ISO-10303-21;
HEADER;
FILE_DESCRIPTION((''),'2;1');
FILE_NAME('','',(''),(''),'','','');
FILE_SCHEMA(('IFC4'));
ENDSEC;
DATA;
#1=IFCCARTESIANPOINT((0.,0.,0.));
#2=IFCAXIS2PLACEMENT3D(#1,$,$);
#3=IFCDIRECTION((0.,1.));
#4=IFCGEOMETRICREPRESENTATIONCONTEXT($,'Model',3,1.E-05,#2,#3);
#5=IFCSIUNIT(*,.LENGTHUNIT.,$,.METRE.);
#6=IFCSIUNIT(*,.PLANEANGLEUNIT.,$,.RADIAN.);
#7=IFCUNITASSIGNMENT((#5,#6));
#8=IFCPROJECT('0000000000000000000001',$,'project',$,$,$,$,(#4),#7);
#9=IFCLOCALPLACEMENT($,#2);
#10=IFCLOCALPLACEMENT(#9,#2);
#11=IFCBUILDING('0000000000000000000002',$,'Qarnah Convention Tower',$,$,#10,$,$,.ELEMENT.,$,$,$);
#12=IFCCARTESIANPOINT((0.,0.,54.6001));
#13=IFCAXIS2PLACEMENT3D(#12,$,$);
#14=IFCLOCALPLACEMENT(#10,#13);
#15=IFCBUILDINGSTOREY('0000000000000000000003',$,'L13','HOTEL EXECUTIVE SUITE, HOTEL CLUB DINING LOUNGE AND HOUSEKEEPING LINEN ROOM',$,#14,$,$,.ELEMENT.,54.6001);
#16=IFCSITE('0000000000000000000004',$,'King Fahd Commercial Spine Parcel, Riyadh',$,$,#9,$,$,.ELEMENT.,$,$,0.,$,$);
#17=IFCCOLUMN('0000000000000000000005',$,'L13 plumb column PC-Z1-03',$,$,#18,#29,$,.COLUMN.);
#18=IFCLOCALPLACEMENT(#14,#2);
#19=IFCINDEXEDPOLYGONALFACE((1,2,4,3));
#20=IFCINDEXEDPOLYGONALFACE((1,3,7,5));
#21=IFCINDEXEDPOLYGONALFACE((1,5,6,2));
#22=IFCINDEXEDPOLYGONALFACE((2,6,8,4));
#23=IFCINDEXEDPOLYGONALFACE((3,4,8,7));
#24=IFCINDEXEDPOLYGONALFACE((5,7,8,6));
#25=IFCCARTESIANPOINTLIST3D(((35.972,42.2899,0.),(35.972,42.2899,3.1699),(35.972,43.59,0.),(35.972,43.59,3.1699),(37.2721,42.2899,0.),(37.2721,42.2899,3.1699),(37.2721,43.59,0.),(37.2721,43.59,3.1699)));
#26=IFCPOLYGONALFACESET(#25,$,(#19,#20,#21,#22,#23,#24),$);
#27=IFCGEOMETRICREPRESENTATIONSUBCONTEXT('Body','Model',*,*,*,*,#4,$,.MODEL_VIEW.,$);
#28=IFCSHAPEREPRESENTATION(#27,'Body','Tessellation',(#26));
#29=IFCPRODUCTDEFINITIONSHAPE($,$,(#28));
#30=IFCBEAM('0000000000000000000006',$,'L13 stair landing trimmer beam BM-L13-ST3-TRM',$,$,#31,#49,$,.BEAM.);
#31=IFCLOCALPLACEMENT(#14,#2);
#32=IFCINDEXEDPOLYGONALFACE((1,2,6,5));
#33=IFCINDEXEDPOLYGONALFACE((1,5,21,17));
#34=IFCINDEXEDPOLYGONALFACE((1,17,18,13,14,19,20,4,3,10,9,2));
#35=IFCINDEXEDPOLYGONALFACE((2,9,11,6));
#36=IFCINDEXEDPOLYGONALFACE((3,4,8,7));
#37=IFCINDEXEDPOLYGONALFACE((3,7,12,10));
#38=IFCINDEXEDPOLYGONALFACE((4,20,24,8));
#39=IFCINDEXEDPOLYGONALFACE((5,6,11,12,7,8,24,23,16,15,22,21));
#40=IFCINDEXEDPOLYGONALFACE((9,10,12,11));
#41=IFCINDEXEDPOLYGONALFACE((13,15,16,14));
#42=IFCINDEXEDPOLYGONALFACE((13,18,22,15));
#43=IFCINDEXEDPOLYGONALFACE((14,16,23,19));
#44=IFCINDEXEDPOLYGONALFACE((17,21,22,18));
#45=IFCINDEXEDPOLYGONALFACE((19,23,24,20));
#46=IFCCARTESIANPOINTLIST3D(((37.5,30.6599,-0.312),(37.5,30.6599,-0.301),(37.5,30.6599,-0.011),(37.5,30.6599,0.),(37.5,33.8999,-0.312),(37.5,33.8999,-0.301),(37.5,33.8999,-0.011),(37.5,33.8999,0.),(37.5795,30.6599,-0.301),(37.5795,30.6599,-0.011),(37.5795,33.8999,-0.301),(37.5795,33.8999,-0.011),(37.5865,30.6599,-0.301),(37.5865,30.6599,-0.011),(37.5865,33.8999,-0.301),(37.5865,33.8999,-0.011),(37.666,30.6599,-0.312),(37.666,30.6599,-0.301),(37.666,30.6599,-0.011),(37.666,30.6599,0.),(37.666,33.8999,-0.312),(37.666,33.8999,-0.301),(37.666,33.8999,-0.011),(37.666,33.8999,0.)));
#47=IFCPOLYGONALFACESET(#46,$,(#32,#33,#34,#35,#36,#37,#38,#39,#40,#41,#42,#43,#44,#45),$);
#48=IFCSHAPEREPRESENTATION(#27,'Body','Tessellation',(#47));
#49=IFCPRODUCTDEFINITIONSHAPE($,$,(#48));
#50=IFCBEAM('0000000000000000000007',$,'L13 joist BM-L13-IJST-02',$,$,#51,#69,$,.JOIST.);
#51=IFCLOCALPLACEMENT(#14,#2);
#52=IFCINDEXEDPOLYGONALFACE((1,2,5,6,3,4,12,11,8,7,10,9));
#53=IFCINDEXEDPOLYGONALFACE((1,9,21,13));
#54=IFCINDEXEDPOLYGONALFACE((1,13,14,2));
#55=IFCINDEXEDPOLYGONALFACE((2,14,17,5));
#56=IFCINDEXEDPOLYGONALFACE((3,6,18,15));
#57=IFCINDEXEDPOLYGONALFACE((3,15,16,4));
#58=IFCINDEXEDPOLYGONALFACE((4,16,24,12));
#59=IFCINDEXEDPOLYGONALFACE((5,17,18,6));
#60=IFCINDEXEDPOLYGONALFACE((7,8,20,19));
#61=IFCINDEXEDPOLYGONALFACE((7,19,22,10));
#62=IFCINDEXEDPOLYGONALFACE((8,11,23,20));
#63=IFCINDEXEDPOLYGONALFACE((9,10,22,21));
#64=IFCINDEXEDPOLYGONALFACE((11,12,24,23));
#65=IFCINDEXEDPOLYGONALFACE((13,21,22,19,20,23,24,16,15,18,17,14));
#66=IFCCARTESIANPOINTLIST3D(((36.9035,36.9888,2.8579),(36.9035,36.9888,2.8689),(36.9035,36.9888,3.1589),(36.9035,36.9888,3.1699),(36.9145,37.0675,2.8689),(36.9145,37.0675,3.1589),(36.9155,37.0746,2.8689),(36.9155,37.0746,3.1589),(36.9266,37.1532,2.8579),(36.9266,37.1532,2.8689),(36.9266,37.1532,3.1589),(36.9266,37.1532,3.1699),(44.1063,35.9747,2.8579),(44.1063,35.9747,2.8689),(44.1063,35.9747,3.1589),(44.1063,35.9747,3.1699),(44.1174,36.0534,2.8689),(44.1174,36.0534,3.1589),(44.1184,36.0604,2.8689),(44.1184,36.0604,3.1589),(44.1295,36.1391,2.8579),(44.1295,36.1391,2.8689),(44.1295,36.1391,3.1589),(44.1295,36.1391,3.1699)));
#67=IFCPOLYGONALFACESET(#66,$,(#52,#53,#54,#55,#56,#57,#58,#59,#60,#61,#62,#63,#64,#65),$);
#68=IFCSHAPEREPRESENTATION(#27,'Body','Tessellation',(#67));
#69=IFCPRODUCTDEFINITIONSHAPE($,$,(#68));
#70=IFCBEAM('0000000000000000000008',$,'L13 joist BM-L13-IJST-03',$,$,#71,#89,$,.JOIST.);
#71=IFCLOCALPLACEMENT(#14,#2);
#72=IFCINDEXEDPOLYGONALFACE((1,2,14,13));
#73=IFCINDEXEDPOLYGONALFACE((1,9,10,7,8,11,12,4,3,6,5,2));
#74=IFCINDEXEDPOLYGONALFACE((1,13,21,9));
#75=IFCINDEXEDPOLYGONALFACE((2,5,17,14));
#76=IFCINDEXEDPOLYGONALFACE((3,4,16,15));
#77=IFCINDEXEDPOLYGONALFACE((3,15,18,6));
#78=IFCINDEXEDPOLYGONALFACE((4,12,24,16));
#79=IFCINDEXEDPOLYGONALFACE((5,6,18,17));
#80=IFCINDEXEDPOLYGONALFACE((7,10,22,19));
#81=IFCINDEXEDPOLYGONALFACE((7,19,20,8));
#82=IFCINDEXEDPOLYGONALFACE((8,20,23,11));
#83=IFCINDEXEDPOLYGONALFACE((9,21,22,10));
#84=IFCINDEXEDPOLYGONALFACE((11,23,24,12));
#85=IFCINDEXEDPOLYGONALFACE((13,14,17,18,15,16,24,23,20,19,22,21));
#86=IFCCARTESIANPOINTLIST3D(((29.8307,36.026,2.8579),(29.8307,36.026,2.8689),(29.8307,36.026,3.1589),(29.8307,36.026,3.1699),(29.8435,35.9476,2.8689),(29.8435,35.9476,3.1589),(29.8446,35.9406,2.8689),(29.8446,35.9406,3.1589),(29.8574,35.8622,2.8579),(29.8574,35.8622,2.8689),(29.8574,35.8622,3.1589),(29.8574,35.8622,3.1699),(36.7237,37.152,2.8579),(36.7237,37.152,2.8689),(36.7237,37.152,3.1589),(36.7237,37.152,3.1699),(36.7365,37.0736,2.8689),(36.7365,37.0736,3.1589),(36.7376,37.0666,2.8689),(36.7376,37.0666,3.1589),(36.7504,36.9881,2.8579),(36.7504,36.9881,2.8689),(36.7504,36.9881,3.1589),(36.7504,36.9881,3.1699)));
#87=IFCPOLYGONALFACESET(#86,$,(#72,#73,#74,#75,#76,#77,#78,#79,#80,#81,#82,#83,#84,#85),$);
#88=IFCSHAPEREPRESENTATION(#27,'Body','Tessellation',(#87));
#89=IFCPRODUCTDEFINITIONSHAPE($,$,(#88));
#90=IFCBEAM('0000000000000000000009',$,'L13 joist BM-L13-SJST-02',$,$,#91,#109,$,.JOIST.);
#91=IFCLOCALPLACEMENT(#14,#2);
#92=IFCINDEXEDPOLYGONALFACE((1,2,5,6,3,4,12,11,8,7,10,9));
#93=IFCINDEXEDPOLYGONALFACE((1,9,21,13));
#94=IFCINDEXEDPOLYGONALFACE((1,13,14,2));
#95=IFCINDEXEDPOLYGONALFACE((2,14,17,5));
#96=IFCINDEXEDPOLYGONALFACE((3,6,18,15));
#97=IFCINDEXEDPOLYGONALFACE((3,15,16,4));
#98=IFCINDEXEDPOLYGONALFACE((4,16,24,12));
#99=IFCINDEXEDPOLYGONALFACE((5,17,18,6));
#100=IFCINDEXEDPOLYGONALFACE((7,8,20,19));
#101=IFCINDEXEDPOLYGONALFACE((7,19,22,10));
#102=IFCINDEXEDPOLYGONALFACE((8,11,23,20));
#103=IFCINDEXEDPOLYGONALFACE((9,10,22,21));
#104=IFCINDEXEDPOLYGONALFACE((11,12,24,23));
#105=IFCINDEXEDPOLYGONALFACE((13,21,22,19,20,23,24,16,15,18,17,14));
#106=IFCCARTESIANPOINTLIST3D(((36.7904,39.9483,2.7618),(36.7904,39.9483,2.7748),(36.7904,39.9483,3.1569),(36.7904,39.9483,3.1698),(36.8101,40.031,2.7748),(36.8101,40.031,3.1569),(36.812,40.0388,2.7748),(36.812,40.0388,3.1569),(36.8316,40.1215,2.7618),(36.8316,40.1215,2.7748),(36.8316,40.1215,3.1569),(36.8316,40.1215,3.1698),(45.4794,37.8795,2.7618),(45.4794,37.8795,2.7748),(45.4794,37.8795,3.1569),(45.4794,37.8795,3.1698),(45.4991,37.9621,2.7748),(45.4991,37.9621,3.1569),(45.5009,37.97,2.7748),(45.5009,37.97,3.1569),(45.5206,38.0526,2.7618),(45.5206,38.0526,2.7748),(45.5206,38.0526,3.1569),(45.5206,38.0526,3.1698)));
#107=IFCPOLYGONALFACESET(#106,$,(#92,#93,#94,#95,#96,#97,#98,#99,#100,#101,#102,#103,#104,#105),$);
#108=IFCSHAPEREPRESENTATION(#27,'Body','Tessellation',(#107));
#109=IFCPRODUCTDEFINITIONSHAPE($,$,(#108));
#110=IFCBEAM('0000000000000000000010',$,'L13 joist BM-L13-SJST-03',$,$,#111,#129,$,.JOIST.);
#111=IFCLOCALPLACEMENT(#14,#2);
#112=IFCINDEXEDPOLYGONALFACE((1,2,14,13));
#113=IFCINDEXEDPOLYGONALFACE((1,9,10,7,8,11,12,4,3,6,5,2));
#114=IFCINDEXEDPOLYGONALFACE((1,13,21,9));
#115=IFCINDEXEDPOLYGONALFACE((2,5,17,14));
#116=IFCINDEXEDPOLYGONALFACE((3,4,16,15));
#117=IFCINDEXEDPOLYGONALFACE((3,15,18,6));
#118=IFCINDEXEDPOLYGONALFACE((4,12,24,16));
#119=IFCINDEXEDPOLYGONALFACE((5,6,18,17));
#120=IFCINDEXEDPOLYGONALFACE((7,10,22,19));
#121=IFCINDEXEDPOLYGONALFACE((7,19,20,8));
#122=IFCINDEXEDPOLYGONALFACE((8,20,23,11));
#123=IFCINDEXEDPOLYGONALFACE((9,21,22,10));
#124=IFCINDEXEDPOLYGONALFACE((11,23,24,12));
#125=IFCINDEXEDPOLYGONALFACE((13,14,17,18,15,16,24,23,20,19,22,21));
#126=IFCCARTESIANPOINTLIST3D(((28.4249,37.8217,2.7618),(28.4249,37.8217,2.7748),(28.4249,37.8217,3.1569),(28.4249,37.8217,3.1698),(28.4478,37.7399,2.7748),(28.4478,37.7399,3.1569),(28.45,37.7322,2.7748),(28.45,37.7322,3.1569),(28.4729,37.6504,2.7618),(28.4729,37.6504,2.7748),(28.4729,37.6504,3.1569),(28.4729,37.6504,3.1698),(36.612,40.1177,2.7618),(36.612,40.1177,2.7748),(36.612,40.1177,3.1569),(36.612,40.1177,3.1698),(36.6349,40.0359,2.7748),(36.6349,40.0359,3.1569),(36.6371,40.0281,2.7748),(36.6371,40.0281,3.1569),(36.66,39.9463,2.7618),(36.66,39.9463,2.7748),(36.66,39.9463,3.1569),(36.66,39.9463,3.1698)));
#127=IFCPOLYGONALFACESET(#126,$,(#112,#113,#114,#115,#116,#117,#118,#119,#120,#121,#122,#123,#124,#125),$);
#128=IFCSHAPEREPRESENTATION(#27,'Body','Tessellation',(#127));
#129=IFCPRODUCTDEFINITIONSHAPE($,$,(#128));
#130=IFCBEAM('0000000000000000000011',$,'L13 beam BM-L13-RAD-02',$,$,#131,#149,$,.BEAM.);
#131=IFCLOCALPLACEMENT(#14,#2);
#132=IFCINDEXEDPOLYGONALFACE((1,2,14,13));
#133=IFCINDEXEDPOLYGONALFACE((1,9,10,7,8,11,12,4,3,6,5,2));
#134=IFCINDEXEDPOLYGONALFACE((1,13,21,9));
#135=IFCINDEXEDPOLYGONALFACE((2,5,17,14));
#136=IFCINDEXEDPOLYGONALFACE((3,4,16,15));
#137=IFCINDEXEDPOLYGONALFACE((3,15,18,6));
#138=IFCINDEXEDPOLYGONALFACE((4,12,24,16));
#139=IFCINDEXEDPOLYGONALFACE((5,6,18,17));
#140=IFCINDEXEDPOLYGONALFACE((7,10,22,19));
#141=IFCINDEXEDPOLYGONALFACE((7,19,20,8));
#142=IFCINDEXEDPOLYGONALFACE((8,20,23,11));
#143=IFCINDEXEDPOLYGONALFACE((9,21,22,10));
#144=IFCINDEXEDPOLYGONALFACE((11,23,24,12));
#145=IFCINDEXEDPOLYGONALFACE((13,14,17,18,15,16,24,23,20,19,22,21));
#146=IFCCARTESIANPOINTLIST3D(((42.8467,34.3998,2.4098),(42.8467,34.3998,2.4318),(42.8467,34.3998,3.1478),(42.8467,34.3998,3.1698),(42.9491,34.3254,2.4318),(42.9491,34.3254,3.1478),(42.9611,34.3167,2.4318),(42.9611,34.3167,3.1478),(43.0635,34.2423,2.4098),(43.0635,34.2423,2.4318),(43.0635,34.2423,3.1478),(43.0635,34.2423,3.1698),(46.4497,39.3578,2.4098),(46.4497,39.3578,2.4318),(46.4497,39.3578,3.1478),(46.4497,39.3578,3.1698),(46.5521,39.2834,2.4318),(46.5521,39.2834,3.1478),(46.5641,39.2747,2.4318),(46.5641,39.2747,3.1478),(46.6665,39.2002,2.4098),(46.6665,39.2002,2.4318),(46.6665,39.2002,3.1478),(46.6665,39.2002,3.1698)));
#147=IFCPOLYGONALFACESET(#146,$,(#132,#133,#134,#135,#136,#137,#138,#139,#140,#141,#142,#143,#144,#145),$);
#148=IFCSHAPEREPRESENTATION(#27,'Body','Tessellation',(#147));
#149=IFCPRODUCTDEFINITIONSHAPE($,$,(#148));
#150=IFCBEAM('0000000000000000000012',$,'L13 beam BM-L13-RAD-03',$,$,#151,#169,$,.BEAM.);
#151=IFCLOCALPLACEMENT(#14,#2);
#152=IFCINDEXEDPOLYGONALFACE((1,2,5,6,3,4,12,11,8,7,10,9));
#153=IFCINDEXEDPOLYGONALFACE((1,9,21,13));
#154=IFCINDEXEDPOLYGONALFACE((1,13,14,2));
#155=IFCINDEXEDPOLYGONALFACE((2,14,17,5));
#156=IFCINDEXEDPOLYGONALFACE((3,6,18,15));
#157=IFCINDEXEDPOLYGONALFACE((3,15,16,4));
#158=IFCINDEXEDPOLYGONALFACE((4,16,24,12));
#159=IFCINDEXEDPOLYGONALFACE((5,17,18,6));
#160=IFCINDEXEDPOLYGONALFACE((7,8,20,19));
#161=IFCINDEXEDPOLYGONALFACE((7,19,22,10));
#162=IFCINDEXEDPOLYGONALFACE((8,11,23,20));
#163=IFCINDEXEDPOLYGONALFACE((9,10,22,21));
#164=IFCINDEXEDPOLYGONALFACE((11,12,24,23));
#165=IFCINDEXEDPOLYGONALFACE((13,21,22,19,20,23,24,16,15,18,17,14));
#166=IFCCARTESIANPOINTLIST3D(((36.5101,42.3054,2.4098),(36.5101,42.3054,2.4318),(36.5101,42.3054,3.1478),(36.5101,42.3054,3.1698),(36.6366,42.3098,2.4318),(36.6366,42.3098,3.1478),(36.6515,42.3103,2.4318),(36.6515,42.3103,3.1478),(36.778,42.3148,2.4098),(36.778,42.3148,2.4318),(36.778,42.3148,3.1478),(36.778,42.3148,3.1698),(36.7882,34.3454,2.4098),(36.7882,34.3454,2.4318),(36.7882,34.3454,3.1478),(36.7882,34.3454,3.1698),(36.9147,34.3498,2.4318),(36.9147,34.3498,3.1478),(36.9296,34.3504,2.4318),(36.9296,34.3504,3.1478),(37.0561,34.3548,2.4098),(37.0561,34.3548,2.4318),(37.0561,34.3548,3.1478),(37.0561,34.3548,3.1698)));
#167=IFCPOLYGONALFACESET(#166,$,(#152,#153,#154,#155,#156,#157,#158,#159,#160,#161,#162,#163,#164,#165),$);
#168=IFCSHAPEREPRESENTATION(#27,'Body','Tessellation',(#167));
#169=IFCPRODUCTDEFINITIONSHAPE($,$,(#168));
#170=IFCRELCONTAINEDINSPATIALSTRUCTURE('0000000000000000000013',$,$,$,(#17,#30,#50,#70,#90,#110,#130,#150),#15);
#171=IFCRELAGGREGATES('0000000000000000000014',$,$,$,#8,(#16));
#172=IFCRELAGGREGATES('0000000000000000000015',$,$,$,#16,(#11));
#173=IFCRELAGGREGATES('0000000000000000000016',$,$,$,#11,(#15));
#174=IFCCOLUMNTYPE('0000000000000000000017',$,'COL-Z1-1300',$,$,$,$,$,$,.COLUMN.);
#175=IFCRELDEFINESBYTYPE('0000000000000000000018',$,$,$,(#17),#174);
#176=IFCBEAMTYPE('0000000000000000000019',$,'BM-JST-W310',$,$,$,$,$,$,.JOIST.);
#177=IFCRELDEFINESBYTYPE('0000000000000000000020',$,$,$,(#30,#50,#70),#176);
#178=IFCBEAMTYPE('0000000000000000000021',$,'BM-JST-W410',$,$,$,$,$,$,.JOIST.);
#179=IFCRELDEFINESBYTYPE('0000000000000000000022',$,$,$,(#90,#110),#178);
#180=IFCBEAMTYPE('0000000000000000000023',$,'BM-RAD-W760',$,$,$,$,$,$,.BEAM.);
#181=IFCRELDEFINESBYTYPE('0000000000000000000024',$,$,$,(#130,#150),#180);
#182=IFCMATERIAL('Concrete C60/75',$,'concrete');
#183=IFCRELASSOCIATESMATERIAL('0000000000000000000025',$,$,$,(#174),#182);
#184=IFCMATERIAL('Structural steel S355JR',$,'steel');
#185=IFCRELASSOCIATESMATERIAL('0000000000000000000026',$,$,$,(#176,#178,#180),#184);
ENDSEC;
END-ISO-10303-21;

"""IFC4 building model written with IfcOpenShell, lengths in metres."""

from ifc_helpers import new_model, si_unit, direction, frame, origin, origin_2d, place, context, subcontext, project, spatial, rectangle, i_section, extrude, material, material_profile, profile_set, type_object, element, save


model = new_model("IFC4")

# Units and contexts
model_context = context("Model", 3, precision=1e-05, world=origin(), true_north=direction((0.0, 1.0)))
body_context = subcontext(model_context, "Body", "Model", "MODEL_VIEW")
ifc_project = project(units=[si_unit("LENGTHUNIT", "METRE"), si_unit("PLANEANGLEUNIT", "RADIAN")], contexts=[model_context])

# Site, building, storey
site_placement = place(None, origin())
site = spatial("IfcSite", under=ifc_project, at=site_placement, Name="King Fahd Commercial Spine Parcel, Riyadh", CompositionType="ELEMENT", RefElevation=0.0)
building_placement = place(site_placement, origin())
building = spatial("IfcBuilding", under=site, at=building_placement, Name="Qarnah Convention Tower", CompositionType="ELEMENT")
storey_placement = place(building_placement, frame((0.0, 0.0, 54.6001)))
storey = spatial("IfcBuildingStorey", under=building, at=storey_placement, Name="L13", Description="HOTEL EXECUTIVE SUITE, HOTEL CLUB DINING LOUNGE AND HOUSEKEEPING LINEN ROOM", CompositionType="ELEMENT", Elevation=54.6001)

# Column
ifc_material_1 = material(Name="Concrete C60/75", Category="concrete")
ifc_material_profile_1 = material_profile(ifc_material_1, rectangle(XDim=1.3, YDim=1.3, at=origin_2d()), Name="RC-COL-1300X1300")
ifc_profile_set_1 = profile_set([ifc_material_profile_1], Name="Concrete C60/75")
column_type = type_object("IfcColumnType", Name="COL-Z1-1300", PredefinedType="COLUMN", material=ifc_profile_set_1)
column_placement = place(storey_placement, frame((36.6221, 42.9399, 0.0), z_axis=(0.0, 0.0, 1.0), x_axis=(1.0, 0.0, 0.0)))
element("IfcColumn", 1, at=column_placement, inside=storey, type_object=column_type, Name="L13 plumb column PC-Z1-03", PredefinedType="COLUMN", context=body_context, shape_type="SweptSolid", body=[
    extrude(rectangle(XDim=1.3, YDim=1.3, at=origin_2d()), origin(), (0.0, 0.0, 1.0), 3.1699),
])

# Beams
ifc_material_2 = material(Name="Structural steel S355JR", Category="steel")
ifc_material_profile_2 = material_profile(ifc_material_2, i_section(OverallWidth=0.166, OverallDepth=0.312, WebThickness=0.0071, FlangeThickness=0.011, at=origin_2d()), Name="W310X45")
ifc_profile_set_2 = profile_set([ifc_material_profile_2], Name="Structural steel S355JR")
beam_type_1 = type_object("IfcBeamType", Name="BM-JST-W310", PredefinedType="JOIST", material=ifc_profile_set_2)
beam_1_placement = place(storey_placement, frame((37.583, 30.6599, -0.156), z_axis=(0.0, 1.0, 0.0), x_axis=(-1.0, 0.0, 0.0)))
element("IfcBeam", 2, at=beam_1_placement, inside=storey, type_object=beam_type_1, Name="L13 stair landing trimmer beam BM-L13-ST3-TRM", PredefinedType="BEAM", context=body_context, shape_type="SweptSolid", body=[
    extrude(i_section(OverallWidth=0.166, OverallDepth=0.312, WebThickness=0.0071, FlangeThickness=0.011, at=origin_2d()), origin(), (0.0, 0.0, 1.0), 3.24),
])
beam_2_placement = place(storey_placement, frame((44.1179, 36.0569, 3.0139), z_axis=(-0.990233, 0.139424, 0.0), x_axis=(-0.139424, -0.990233, 0.0)))
element("IfcBeam", 3, at=beam_2_placement, inside=storey, type_object=beam_type_1, Name="L13 joist BM-L13-IJST-02", PredefinedType="JOIST", context=body_context, shape_type="SweptSolid", body=[
    extrude(i_section(OverallWidth=0.166, OverallDepth=0.312, WebThickness=0.0071, FlangeThickness=0.011, at=origin_2d()), origin(), (0.0, 0.0, 1.0), 7.2739),
])
beam_3_placement = place(storey_placement, frame((36.7371, 37.0701, 3.0139), z_axis=(-0.98692, -0.161213, 0.0), x_axis=(0.161213, -0.98692, 0.0)))
element("IfcBeam", 4, at=beam_3_placement, inside=storey, type_object=beam_type_1, Name="L13 joist BM-L13-IJST-03", PredefinedType="JOIST", context=body_context, shape_type="SweptSolid", body=[
    extrude(i_section(OverallWidth=0.166, OverallDepth=0.312, WebThickness=0.0071, FlangeThickness=0.011, at=origin_2d()), origin(), (0.0, 0.0, 1.0), 6.9844),
])
ifc_material_profile_3 = material_profile(ifc_material_2, i_section(OverallWidth=0.178, OverallDepth=0.408, WebThickness=0.0081, FlangeThickness=0.0129, at=origin_2d()), Name="W410X60")
ifc_profile_set_3 = profile_set([ifc_material_profile_3], Name="Structural steel S355JR")
beam_type_2 = type_object("IfcBeamType", Name="BM-JST-W410", PredefinedType="JOIST", material=ifc_profile_set_3)
beam_4_placement = place(storey_placement, frame((45.5, 37.9661, 2.9658), z_axis=(-0.972805, 0.231625, 0.0), x_axis=(-0.231625, -0.972805, 0.0)))
element("IfcBeam", 5, at=beam_4_placement, inside=storey, type_object=beam_type_2, Name="L13 joist BM-L13-SJST-02", PredefinedType="JOIST", context=body_context, shape_type="SweptSolid", body=[
    extrude(i_section(OverallWidth=0.178, OverallDepth=0.408, WebThickness=0.0081, FlangeThickness=0.0129, at=origin_2d()), origin(), (0.0, 0.0, 1.0), 8.9319),
])
beam_5_placement = place(storey_placement, frame((36.636, 40.032, 2.9658), z_axis=(-0.962856, -0.270015, 0.0), x_axis=(0.270015, -0.962856, 0.0)))
element("IfcBeam", 6, at=beam_5_placement, inside=storey, type_object=beam_type_2, Name="L13 joist BM-L13-SJST-03", PredefinedType="JOIST", context=body_context, shape_type="SweptSolid", body=[
    extrude(i_section(OverallWidth=0.178, OverallDepth=0.408, WebThickness=0.0081, FlangeThickness=0.0129, at=origin_2d()), origin(), (0.0, 0.0, 1.0), 8.5029),
])
ifc_material_profile_4 = material_profile(ifc_material_2, i_section(OverallWidth=0.2681, OverallDepth=0.76, WebThickness=0.0149, FlangeThickness=0.022, at=origin_2d()), Name="W760X185")
ifc_profile_set_4 = profile_set([ifc_material_profile_4], Name="Structural steel S355JR")
beam_type_3 = type_object("IfcBeamType", Name="BM-RAD-W760", PredefinedType="BEAM", material=ifc_profile_set_4)
beam_6_placement = place(storey_placement, frame((42.9551, 34.321, 2.7898), z_axis=(0.587873, 0.808953, 0.0), x_axis=(-0.808953, 0.587873, 0.0)))
element("IfcBeam", 7, at=beam_6_placement, inside=storey, type_object=beam_type_3, Name="L13 beam BM-L13-RAD-02", PredefinedType="BEAM", context=body_context, shape_type="SweptSolid", body=[
    extrude(i_section(OverallWidth=0.2681, OverallDepth=0.76, WebThickness=0.0149, FlangeThickness=0.022, at=origin_2d()), origin(), (0.0, 0.0, 1.0), 6.1289),
])
beam_7_placement = place(storey_placement, frame((36.9221, 34.3501, 2.7898), z_axis=(-0.034913, 0.99939, 0.0), x_axis=(-0.99939, -0.034913, 0.0)))
element("IfcBeam", 8, at=beam_7_placement, inside=storey, type_object=beam_type_3, Name="L13 beam BM-L13-RAD-03", PredefinedType="BEAM", context=body_context, shape_type="SweptSolid", body=[
    extrude(i_section(OverallWidth=0.2681, OverallDepth=0.76, WebThickness=0.0149, FlangeThickness=0.022, at=origin_2d()), origin(), (0.0, 0.0, 1.0), 7.9648),
])

save(model, "model.ifc")
